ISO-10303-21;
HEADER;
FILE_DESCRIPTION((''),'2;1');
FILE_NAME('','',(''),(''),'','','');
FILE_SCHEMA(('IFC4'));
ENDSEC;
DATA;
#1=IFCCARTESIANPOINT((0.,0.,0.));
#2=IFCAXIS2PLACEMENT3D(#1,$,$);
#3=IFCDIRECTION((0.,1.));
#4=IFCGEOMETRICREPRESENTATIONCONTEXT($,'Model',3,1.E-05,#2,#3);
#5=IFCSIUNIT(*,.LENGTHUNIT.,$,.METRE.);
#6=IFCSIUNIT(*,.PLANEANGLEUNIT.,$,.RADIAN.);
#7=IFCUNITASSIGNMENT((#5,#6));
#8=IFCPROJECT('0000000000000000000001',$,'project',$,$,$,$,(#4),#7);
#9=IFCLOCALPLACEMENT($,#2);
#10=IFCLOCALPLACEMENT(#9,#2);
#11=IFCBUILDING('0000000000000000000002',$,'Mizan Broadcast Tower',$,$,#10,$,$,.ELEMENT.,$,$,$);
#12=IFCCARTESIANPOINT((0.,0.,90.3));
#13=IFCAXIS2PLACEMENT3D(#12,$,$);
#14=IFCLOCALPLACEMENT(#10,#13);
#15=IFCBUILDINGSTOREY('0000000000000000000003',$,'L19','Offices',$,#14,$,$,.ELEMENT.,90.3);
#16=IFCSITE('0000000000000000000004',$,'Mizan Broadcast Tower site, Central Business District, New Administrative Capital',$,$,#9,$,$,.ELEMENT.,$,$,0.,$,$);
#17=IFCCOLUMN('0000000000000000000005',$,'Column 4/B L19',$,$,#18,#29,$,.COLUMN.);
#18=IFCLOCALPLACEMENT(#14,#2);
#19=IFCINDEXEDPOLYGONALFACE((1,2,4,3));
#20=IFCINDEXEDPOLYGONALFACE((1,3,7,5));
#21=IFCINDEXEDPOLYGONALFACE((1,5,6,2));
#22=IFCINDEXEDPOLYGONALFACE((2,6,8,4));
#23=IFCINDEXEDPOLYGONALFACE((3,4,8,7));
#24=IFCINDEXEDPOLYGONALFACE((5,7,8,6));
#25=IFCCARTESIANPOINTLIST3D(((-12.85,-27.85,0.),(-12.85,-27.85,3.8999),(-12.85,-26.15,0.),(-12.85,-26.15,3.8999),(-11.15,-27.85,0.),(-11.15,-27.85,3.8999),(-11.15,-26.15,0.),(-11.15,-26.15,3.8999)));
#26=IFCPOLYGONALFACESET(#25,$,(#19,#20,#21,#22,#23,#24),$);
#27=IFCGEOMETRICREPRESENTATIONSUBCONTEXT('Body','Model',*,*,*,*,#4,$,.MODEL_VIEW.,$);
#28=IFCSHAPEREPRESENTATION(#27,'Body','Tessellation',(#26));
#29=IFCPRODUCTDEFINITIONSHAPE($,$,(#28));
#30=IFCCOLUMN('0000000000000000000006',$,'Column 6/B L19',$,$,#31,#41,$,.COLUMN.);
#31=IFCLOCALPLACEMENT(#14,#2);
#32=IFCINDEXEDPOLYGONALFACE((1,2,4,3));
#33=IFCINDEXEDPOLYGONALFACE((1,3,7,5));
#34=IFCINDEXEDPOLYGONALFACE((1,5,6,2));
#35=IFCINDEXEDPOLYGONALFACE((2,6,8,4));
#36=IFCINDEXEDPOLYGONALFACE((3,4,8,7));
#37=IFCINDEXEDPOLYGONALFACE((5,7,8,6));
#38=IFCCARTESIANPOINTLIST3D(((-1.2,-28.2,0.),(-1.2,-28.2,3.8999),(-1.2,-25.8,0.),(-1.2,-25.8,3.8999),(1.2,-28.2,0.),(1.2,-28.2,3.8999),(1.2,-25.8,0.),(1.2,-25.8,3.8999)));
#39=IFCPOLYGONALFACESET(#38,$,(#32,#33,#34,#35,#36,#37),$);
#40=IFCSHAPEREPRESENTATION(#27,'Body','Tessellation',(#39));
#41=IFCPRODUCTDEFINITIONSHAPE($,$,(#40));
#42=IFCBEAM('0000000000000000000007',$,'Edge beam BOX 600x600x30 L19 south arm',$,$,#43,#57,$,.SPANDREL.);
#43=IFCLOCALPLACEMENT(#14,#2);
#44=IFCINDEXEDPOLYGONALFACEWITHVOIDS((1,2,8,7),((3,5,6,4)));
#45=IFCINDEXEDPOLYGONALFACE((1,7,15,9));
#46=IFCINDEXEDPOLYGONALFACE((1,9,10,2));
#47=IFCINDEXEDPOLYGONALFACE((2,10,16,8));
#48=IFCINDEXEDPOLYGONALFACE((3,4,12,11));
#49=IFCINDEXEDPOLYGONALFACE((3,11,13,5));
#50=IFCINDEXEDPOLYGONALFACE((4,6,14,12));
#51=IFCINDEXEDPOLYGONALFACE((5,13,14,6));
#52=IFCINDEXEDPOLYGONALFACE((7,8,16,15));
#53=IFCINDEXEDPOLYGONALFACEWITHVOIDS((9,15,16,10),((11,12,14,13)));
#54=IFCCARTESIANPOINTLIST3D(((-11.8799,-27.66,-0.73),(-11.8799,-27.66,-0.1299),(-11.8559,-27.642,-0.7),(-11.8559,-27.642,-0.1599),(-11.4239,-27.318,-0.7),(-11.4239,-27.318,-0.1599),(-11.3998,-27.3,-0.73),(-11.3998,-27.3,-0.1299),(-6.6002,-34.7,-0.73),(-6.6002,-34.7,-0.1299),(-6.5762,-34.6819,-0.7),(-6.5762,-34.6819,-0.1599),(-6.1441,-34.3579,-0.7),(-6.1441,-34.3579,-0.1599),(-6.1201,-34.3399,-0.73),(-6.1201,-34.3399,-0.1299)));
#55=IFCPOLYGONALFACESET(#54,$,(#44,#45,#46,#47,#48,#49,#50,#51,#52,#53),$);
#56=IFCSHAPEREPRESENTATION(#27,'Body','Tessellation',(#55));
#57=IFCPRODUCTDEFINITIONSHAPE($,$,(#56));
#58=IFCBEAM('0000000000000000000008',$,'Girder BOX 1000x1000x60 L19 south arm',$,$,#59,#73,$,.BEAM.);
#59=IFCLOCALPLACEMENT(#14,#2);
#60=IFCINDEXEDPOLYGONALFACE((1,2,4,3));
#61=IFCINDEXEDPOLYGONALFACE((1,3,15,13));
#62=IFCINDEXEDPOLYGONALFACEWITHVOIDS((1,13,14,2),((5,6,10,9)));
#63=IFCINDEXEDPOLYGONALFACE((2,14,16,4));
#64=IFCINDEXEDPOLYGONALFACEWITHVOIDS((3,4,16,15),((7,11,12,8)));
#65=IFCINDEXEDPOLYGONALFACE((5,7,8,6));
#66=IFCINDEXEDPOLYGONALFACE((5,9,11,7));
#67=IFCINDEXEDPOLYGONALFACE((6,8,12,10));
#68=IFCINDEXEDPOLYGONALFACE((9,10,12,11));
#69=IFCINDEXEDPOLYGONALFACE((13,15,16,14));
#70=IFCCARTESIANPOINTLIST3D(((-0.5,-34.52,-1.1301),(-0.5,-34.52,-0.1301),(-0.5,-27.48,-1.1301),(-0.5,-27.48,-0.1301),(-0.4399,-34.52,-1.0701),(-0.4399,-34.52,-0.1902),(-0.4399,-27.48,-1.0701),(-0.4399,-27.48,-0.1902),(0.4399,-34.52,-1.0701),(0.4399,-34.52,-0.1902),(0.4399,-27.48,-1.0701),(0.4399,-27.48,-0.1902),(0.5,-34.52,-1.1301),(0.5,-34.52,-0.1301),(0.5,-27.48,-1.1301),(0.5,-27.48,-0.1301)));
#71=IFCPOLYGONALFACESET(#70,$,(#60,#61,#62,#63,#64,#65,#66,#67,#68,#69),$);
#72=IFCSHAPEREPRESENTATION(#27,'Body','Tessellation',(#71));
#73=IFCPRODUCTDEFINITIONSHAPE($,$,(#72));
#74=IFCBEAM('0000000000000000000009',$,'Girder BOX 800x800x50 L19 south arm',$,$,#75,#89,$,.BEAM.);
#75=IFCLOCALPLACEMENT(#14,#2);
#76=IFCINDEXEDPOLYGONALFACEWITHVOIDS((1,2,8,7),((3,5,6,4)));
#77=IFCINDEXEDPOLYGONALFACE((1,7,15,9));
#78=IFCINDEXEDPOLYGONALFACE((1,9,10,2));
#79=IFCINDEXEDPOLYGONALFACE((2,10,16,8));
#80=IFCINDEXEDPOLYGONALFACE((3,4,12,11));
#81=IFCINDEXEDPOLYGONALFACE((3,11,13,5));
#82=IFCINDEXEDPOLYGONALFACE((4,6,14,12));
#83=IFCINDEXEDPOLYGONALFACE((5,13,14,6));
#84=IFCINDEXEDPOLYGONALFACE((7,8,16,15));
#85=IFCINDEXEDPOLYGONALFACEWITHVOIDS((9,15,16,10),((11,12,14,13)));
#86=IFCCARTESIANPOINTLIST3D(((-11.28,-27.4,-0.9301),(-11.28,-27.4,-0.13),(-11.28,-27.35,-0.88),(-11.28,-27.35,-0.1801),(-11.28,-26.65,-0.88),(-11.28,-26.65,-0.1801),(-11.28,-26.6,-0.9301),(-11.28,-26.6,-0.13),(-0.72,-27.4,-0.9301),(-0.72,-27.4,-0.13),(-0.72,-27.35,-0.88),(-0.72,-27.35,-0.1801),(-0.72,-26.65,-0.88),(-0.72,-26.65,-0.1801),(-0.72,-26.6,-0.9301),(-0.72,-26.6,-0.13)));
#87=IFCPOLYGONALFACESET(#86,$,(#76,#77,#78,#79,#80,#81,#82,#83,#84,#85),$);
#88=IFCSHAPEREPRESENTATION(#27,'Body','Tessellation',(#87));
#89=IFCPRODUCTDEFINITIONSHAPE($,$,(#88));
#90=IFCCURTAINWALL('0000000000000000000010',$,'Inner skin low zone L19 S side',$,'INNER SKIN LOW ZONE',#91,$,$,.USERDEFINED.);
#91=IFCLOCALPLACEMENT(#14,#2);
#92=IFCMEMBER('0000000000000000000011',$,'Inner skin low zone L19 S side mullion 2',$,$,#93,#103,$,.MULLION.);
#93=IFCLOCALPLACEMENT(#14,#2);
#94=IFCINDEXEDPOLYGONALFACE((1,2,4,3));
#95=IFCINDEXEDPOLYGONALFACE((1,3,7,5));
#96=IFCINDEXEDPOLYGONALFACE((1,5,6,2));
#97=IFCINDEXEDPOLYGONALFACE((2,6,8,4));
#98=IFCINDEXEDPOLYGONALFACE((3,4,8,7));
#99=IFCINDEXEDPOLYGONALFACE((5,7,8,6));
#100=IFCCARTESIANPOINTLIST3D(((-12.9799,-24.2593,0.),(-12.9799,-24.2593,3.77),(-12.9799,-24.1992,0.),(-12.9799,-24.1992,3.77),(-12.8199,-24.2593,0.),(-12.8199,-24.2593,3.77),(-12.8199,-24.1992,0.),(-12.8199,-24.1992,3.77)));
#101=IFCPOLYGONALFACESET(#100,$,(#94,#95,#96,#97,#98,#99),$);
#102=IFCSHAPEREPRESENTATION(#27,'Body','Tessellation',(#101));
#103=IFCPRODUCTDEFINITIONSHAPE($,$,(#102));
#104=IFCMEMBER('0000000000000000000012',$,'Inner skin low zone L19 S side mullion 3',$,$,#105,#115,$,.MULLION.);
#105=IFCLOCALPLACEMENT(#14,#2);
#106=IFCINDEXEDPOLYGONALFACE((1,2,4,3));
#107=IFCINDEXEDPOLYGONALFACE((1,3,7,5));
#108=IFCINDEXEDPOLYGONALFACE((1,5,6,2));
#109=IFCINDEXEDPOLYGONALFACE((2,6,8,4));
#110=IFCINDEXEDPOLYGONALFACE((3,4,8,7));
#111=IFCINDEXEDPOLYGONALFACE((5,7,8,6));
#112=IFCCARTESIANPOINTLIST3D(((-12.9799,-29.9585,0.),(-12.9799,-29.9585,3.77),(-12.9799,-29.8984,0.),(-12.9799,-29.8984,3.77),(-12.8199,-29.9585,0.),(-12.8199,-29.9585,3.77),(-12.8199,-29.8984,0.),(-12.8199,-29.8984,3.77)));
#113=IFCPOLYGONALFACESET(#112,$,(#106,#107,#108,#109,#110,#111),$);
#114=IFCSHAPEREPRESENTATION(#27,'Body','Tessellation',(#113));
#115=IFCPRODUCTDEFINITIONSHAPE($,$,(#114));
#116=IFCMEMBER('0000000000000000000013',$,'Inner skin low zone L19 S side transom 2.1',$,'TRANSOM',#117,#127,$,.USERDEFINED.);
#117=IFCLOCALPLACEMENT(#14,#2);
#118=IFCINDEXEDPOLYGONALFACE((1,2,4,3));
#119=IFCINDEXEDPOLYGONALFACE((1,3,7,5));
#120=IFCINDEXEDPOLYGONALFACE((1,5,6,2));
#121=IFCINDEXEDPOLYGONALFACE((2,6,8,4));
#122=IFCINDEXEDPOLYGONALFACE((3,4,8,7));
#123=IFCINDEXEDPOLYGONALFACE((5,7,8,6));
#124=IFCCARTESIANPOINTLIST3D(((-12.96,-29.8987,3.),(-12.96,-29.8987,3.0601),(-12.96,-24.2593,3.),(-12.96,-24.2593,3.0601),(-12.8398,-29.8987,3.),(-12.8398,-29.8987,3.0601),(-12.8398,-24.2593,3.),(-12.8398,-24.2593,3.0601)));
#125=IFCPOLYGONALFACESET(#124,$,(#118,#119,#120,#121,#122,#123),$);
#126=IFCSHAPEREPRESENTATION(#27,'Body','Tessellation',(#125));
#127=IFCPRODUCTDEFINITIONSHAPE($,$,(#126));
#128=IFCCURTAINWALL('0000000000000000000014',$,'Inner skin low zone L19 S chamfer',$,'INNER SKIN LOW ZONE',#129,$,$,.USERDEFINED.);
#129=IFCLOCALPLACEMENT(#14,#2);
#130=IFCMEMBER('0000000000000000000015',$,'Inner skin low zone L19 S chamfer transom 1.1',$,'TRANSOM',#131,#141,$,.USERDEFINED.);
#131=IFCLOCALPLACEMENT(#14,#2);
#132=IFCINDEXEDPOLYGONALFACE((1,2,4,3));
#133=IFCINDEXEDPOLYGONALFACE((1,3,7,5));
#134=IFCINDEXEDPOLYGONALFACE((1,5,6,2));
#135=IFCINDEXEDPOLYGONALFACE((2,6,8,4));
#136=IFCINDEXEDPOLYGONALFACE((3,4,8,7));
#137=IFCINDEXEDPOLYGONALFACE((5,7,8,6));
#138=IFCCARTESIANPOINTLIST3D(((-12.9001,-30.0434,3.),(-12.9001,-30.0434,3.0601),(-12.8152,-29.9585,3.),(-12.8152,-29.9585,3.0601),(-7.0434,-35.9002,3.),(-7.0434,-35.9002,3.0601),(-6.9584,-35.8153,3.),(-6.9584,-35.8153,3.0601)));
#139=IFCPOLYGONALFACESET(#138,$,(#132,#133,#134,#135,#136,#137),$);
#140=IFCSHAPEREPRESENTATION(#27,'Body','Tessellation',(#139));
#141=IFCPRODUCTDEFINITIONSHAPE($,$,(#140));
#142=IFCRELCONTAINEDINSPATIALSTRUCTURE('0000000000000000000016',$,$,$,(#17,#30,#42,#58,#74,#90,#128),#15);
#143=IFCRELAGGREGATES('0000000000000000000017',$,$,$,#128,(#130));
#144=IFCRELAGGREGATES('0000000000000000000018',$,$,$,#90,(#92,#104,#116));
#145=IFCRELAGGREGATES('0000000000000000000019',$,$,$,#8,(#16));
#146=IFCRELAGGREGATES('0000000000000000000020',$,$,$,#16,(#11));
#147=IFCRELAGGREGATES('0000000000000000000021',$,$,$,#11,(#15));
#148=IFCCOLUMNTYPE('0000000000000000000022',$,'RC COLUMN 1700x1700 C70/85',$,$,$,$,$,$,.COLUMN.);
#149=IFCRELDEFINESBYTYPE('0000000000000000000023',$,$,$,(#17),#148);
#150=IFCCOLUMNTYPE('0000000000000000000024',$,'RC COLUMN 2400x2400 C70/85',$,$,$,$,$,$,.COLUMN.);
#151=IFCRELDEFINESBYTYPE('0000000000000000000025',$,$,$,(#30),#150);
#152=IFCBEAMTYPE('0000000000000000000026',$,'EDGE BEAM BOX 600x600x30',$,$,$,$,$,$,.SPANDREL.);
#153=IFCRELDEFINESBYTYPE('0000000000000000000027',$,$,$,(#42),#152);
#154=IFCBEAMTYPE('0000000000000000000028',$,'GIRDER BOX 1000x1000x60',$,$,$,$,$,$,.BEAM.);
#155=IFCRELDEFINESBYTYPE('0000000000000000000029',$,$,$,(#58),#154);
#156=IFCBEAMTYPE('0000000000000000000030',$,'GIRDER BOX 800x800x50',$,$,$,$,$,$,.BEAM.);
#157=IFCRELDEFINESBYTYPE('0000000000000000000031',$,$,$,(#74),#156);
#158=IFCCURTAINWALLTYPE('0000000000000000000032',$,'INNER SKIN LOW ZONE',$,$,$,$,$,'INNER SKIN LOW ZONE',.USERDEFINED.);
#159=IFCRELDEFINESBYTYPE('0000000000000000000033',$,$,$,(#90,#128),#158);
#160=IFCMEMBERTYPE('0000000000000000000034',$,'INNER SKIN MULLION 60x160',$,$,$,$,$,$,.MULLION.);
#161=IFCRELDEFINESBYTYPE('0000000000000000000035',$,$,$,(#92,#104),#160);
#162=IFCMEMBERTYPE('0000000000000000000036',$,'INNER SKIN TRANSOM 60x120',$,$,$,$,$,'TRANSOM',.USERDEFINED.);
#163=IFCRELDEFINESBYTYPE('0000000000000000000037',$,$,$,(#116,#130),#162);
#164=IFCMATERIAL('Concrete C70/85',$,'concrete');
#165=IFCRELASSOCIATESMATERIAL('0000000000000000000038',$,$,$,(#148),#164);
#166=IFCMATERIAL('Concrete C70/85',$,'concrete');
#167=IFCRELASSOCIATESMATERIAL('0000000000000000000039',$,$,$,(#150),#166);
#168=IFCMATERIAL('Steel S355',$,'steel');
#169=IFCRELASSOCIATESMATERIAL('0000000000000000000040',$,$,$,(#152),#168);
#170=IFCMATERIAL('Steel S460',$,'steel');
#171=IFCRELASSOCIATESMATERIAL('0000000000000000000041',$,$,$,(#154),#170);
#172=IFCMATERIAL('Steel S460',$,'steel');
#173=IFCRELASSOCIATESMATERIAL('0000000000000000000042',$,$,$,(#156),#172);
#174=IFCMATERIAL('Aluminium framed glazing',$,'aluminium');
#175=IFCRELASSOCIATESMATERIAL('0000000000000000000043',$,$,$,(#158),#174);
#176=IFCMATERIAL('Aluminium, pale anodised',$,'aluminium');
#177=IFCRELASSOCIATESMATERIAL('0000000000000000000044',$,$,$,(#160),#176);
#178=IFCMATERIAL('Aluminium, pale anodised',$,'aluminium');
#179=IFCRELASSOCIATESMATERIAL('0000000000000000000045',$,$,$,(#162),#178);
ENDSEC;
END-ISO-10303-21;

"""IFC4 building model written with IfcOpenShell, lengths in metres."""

from ifc_helpers import new_model, si_unit, direction, frame, origin, origin_2d, place, context, subcontext, project, spatial, rectangle, hollow_rectangle, extrude, material, material_profile, profile_set, type_object, element, aggregate, save


model = new_model("IFC4")

# Units and contexts
model_context = context("Model", 3, precision=1e-05, world=origin(), true_north=direction((0.0, 1.0)))
body_context = subcontext(model_context, "Body", "Model", "MODEL_VIEW")
ifc_project = project(units=[si_unit("LENGTHUNIT", "METRE"), si_unit("PLANEANGLEUNIT", "RADIAN")], contexts=[model_context])

# Site, building, storey
site_placement = place(None, origin())
site = spatial("IfcSite", under=ifc_project, at=site_placement, Name="Mizan Broadcast Tower site, Central Business District, New Administrative Capital", CompositionType="ELEMENT", RefElevation=0.0)
building_placement = place(site_placement, origin())
building = spatial("IfcBuilding", under=site, at=building_placement, Name="Mizan Broadcast Tower", CompositionType="ELEMENT")
storey_placement = place(building_placement, frame((0.0, 0.0, 90.3)))
storey = spatial("IfcBuildingStorey", under=building, at=storey_placement, Name="L19", Description="Offices", CompositionType="ELEMENT", Elevation=90.3)

# Columns
ifc_material_1 = material(Name="Concrete C70/85", Category="concrete")
ifc_material_profile_1 = material_profile(ifc_material_1, rectangle(XDim=1.7, YDim=1.7, at=origin_2d()), Name="RC 1700x1700")
ifc_profile_set_1 = profile_set([ifc_material_profile_1], Name="Concrete C70/85")
column_type_1 = type_object("IfcColumnType", Name="RC COLUMN 1700x1700 C70/85", PredefinedType="COLUMN", material=ifc_profile_set_1)
column_1_placement = place(storey_placement, frame((-12.0, -27.0, 0.0), z_axis=(0.0, 0.0, 1.0), x_axis=(1.0, 0.0, 0.0)))
element("IfcColumn", 1, at=column_1_placement, inside=storey, type_object=column_type_1, Name="Column 4/B L19", PredefinedType="COLUMN", context=body_context, shape_type="SweptSolid", body=[
    extrude(rectangle(XDim=1.7, YDim=1.7, at=origin_2d()), origin(), (0.0, 0.0, 1.0), 3.8999),
])
ifc_material_2 = material(Name="Concrete C70/85", Category="concrete")
ifc_material_profile_2 = material_profile(ifc_material_2, rectangle(XDim=2.3999, YDim=2.3999, at=origin_2d()), Name="RC 2400x2400")
ifc_profile_set_2 = profile_set([ifc_material_profile_2], Name="Concrete C70/85")
column_type_2 = type_object("IfcColumnType", Name="RC COLUMN 2400x2400 C70/85", PredefinedType="COLUMN", material=ifc_profile_set_2)
column_2_placement = place(storey_placement, frame((0.0, -27.0, 0.0), z_axis=(0.0, 0.0, 1.0), x_axis=(1.0, 0.0, 0.0)))
element("IfcColumn", 2, at=column_2_placement, inside=storey, type_object=column_type_2, Name="Column 6/B L19", PredefinedType="COLUMN", context=body_context, shape_type="SweptSolid", body=[
    extrude(rectangle(XDim=2.3999, YDim=2.3999, at=origin_2d()), origin(), (0.0, 0.0, 1.0), 3.8999),
])

# Beams
ifc_material_3 = material(Name="Steel S355", Category="steel")
ifc_material_profile_3 = material_profile(ifc_material_3, hollow_rectangle(XDim=0.6001, YDim=0.6001, WallThickness=0.03, at=origin_2d()), Name="BOX 600x600x30")
ifc_profile_set_3 = profile_set([ifc_material_profile_3], Name="Steel S355")
beam_type_1 = type_object("IfcBeamType", Name="EDGE BEAM BOX 600x600x30", PredefinedType="SPANDREL", material=ifc_profile_set_3)
beam_1_placement = place(storey_placement, frame((-11.6399, -27.48, -0.4299), z_axis=(0.599982, -0.800013, 0.0), x_axis=(0.800013, 0.599982, 0.0)))
element("IfcBeam", 3, at=beam_1_placement, inside=storey, type_object=beam_type_1, Name="Edge beam BOX 600x600x30 L19 south arm", PredefinedType="SPANDREL", context=body_context, shape_type="SweptSolid", body=[
    extrude(hollow_rectangle(XDim=0.6001, YDim=0.6001, WallThickness=0.03, at=origin_2d()), origin(), (0.0, 0.0, 1.0), 8.7998),
])
ifc_material_4 = material(Name="Steel S460", Category="steel")
ifc_material_profile_4 = material_profile(ifc_material_4, hollow_rectangle(XDim=1.0, YDim=1.0, WallThickness=0.0601, at=origin_2d()), Name="BOX 1000x1000x60")
ifc_profile_set_4 = profile_set([ifc_material_profile_4], Name="Steel S460")
beam_type_2 = type_object("IfcBeamType", Name="GIRDER BOX 1000x1000x60", PredefinedType="BEAM", material=ifc_profile_set_4)
beam_2_placement = place(storey_placement, frame((0.0, -27.48, -0.6301), z_axis=(0.0, -1.0, 0.0), x_axis=(1.0, 0.0, 0.0)))
element("IfcBeam", 4, at=beam_2_placement, inside=storey, type_object=beam_type_2, Name="Girder BOX 1000x1000x60 L19 south arm", PredefinedType="BEAM", context=body_context, shape_type="SweptSolid", body=[
    extrude(hollow_rectangle(XDim=1.0, YDim=1.0, WallThickness=0.0601, at=origin_2d()), origin(), (0.0, 0.0, 1.0), 7.04),
])
ifc_material_5 = material(Name="Steel S460", Category="steel")
ifc_material_profile_5 = material_profile(ifc_material_5, hollow_rectangle(XDim=0.8, YDim=0.8, WallThickness=0.05, at=origin_2d()), Name="BOX 800x800x50")
ifc_profile_set_5 = profile_set([ifc_material_profile_5], Name="Steel S460")
beam_type_3 = type_object("IfcBeamType", Name="GIRDER BOX 800x800x50", PredefinedType="BEAM", material=ifc_profile_set_5)
beam_3_placement = place(storey_placement, frame((-11.28, -27.0, -0.53), z_axis=(1.0, 0.0, 0.0), x_axis=(0.0, 1.0, 0.0)))
element("IfcBeam", 5, at=beam_3_placement, inside=storey, type_object=beam_type_3, Name="Girder BOX 800x800x50 L19 south arm", PredefinedType="BEAM", context=body_context, shape_type="SweptSolid", body=[
    extrude(hollow_rectangle(XDim=0.8, YDim=0.8, WallThickness=0.05, at=origin_2d()), origin(), (0.0, 0.0, 1.0), 10.5601),
])

# Curtain wall, members
ifc_material_6 = material(Name="Aluminium framed glazing", Category="aluminium")
curtain_wall_type_1 = type_object("IfcCurtainWallType", Name="INNER SKIN LOW ZONE", ElementType="INNER SKIN LOW ZONE", PredefinedType="USERDEFINED", material=ifc_material_6)
curtain_wall_1_placement = place(storey_placement, origin())
curtain_wall_1 = element("IfcCurtainWall", 6, at=curtain_wall_1_placement, inside=storey, type_object=curtain_wall_type_1, Name="Inner skin low zone L19 S side", ObjectType="INNER SKIN LOW ZONE", PredefinedType="USERDEFINED")
ifc_material_7 = material(Name="Aluminium, pale anodised", Category="aluminium")
ifc_material_profile_6 = material_profile(ifc_material_7, rectangle(XDim=0.1599, YDim=0.0601, at=origin_2d()), Name="MULLION 160x60")
ifc_profile_set_6 = profile_set([ifc_material_profile_6], Name="Aluminium, pale anodised")
member_type_1 = type_object("IfcMemberType", Name="INNER SKIN MULLION 60x160", PredefinedType="MULLION", material=ifc_profile_set_6)
member_1_placement = place(storey_placement, frame((-12.8999, -24.2292, 0.0), z_axis=(0.0, 0.0, 1.0), x_axis=(1.0, 0.0, 0.0)))
member_1 = element("IfcMember", 7, at=member_1_placement, type_object=member_type_1, Name="Inner skin low zone L19 S side mullion 2", PredefinedType="MULLION", context=body_context, shape_type="SweptSolid", body=[
    extrude(rectangle(XDim=0.1599, YDim=0.0601, at=origin_2d()), origin(), (0.0, 0.0, 1.0), 3.77),
])
member_2_placement = place(storey_placement, frame((-12.8999, -29.9285, 0.0), z_axis=(0.0, 0.0, 1.0), x_axis=(1.0, 0.0, 0.0)))
member_2 = element("IfcMember", 8, at=member_2_placement, type_object=member_type_1, Name="Inner skin low zone L19 S side mullion 3", PredefinedType="MULLION", context=body_context, shape_type="SweptSolid", body=[
    extrude(rectangle(XDim=0.1599, YDim=0.0601, at=origin_2d()), origin(), (0.0, 0.0, 1.0), 3.77),
])
ifc_material_8 = material(Name="Aluminium, pale anodised", Category="aluminium")
ifc_material_profile_7 = material_profile(ifc_material_8, rectangle(XDim=0.1201, YDim=0.0601, at=origin_2d()), Name="TRANSOM 120x60")
ifc_profile_set_7 = profile_set([ifc_material_profile_7], Name="Aluminium, pale anodised")
member_type_2 = type_object("IfcMemberType", Name="INNER SKIN TRANSOM 60x120", ElementType="TRANSOM", PredefinedType="USERDEFINED", material=ifc_profile_set_7)
member_3_placement = place(storey_placement, frame((-12.8999, -24.2593, 3.03), z_axis=(0.0, -1.0, 0.0), x_axis=(1.0, 0.0, 0.0)))
member_3 = element("IfcMember", 9, at=member_3_placement, type_object=member_type_2, Name="Inner skin low zone L19 S side transom 2.1", ObjectType="TRANSOM", PredefinedType="USERDEFINED", context=body_context, shape_type="SweptSolid", body=[
    extrude(rectangle(XDim=0.1201, YDim=0.0601, at=origin_2d()), origin(), (0.0, 0.0, 1.0), 5.6394),
])

# Curtain wall, member
curtain_wall_2_placement = place(storey_placement, origin())
curtain_wall_2 = element("IfcCurtainWall", 10, at=curtain_wall_2_placement, inside=storey, type_object=curtain_wall_type_1, Name="Inner skin low zone L19 S chamfer", ObjectType="INNER SKIN LOW ZONE", PredefinedType="USERDEFINED")
member_4_placement = place(storey_placement, frame((-12.8577, -30.001, 3.03), z_axis=(0.707107, -0.707107, 0.0), x_axis=(0.707107, 0.707107, 0.0)))
member_4 = element("IfcMember", 11, at=member_4_placement, type_object=member_type_2, Name="Inner skin low zone L19 S chamfer transom 1.1", ObjectType="TRANSOM", PredefinedType="USERDEFINED", context=body_context, shape_type="SweptSolid", body=[
    extrude(rectangle(XDim=0.1201, YDim=0.0601, at=origin_2d()), origin(), (0.0, 0.0, 1.0), 8.2827),
])
aggregate(curtain_wall_2, [member_4])

aggregate(curtain_wall_1, [member_1, member_2, member_3])

save(model, "model.ifc")
